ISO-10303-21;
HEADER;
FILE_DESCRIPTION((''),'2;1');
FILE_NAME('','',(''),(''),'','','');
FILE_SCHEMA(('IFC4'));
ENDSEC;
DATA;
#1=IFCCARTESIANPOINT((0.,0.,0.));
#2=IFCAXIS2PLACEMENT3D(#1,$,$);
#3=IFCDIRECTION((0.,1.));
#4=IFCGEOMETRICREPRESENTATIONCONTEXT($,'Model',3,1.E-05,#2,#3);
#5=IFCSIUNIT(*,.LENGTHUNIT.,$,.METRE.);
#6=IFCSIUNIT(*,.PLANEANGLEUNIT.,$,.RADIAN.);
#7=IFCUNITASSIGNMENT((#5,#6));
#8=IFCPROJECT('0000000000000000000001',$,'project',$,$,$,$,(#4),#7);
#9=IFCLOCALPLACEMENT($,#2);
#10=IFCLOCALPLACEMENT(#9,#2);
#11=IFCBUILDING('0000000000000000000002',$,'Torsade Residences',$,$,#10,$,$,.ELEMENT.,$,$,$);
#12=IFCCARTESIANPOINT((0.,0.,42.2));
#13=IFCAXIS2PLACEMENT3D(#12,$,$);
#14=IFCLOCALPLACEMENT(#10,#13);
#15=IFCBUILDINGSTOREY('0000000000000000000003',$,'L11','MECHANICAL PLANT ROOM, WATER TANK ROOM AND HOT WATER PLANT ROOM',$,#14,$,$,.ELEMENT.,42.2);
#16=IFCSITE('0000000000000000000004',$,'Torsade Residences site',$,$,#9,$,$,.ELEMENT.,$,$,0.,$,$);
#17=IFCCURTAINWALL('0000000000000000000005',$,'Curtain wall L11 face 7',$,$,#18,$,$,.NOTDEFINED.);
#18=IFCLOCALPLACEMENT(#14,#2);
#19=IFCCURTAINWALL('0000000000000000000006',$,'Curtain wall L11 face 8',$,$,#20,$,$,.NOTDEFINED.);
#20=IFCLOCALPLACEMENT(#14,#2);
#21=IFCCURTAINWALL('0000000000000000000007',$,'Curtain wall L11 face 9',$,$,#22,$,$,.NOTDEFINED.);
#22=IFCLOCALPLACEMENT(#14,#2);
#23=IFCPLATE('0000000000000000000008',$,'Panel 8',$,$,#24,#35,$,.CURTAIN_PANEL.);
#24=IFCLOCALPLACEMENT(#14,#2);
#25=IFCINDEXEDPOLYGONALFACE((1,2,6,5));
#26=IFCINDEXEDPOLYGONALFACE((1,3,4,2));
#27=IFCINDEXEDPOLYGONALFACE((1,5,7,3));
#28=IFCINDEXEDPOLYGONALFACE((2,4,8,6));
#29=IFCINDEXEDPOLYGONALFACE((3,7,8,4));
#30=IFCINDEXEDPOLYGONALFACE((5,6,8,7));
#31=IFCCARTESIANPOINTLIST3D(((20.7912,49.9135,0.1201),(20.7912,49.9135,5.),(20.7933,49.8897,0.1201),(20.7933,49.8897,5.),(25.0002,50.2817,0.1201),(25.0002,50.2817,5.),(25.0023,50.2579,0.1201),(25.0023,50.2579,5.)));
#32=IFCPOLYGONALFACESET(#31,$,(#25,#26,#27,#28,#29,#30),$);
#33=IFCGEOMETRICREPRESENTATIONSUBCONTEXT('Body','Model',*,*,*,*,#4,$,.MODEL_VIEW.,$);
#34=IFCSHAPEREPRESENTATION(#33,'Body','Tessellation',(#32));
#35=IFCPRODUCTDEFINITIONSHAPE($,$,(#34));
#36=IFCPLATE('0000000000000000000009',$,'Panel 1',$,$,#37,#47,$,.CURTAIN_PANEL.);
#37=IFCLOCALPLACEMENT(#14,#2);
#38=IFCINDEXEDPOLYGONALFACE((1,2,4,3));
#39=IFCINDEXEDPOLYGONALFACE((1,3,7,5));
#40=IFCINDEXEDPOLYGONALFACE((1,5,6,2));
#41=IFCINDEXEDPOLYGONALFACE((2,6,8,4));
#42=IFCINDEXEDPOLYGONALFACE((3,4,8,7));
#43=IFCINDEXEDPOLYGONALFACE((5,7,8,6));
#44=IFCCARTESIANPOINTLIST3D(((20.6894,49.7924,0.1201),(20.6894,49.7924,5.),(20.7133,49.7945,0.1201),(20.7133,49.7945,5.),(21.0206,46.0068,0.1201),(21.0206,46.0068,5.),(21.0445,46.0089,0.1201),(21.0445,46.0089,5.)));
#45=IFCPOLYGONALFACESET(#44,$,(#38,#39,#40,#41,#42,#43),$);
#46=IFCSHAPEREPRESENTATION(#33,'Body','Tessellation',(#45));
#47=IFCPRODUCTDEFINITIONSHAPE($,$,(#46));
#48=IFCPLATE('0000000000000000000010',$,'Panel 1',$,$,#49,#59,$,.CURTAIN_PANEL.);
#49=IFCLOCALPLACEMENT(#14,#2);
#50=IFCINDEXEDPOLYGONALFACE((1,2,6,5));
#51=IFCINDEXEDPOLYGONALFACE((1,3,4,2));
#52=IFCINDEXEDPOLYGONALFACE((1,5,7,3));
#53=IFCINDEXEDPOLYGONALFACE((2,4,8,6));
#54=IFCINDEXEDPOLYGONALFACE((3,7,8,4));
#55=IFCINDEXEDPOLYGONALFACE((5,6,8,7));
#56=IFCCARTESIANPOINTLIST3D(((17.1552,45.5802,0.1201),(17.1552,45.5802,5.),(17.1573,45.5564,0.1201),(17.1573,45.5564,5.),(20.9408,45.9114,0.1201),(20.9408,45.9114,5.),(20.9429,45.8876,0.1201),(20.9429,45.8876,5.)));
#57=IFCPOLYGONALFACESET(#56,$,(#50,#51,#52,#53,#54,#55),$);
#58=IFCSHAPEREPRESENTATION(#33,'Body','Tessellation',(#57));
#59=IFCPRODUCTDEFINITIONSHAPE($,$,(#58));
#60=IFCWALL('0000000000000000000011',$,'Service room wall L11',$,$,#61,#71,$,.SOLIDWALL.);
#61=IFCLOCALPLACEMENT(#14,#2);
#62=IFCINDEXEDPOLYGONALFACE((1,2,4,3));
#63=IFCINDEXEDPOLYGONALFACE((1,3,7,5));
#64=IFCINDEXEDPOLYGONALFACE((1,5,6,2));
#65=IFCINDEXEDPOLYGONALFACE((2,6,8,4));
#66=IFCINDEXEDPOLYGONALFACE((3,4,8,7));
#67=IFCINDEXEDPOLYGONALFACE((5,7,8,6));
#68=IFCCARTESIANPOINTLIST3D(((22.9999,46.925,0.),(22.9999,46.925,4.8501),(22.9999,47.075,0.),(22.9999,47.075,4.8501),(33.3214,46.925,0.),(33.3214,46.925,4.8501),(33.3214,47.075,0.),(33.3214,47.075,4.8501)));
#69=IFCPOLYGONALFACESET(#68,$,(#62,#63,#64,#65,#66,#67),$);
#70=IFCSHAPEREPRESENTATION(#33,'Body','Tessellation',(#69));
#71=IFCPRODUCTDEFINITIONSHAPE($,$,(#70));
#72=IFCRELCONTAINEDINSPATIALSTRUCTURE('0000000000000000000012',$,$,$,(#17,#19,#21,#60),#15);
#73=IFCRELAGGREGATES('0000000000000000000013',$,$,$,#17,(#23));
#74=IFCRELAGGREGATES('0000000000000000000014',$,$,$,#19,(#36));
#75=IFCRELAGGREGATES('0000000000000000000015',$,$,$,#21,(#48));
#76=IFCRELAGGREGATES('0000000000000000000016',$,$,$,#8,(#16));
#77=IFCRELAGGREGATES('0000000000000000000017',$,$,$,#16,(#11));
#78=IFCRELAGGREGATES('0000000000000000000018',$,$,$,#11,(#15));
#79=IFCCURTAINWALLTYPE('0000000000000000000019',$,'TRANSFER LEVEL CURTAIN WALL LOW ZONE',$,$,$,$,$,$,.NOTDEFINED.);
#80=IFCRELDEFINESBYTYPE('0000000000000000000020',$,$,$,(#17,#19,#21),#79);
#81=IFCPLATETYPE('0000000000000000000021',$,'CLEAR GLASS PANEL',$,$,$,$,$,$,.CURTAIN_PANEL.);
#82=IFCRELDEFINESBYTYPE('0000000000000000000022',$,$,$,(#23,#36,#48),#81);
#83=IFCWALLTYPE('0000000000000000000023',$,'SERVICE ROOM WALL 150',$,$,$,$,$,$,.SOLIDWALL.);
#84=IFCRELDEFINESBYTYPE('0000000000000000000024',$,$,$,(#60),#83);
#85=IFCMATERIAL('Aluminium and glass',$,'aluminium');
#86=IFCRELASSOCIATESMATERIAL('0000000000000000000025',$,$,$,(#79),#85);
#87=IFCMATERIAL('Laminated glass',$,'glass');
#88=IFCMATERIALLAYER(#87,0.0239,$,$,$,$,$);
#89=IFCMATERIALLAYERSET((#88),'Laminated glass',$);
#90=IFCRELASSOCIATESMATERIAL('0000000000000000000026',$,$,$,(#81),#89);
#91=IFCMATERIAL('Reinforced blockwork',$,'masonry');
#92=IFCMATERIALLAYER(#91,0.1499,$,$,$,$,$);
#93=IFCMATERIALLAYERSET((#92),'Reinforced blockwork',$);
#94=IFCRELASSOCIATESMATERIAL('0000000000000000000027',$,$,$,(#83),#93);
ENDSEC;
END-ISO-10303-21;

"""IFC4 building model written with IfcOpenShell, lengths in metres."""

from ifc_helpers import new_model, si_unit, direction, frame, frame_2d, origin, origin_2d, place, context, subcontext, project, spatial, rectangle, extrude, material, layer, layer_set, type_object, element, aggregate, save


model = new_model("IFC4")

# Units and contexts
model_context = context("Model", 3, precision=1e-05, world=origin(), true_north=direction((0.0, 1.0)))
body_context = subcontext(model_context, "Body", "Model", "MODEL_VIEW")
ifc_project = project(units=[si_unit("LENGTHUNIT", "METRE"), si_unit("PLANEANGLEUNIT", "RADIAN")], contexts=[model_context])

# Site, building, storey
site_placement = place(None, origin())
site = spatial("IfcSite", under=ifc_project, at=site_placement, Name="Torsade Residences site", CompositionType="ELEMENT", RefElevation=0.0)
building_placement = place(site_placement, origin())
building = spatial("IfcBuilding", under=site, at=building_placement, Name="Torsade Residences", CompositionType="ELEMENT")
storey_placement = place(building_placement, frame((0.0, 0.0, 42.2)))
storey = spatial("IfcBuildingStorey", under=building, at=storey_placement, Name="L11", Description="MECHANICAL PLANT ROOM, WATER TANK ROOM AND HOT WATER PLANT ROOM", CompositionType="ELEMENT", Elevation=42.2)

# Curtain walls
ifc_material_1 = material(Name="Aluminium and glass", Category="aluminium")
curtain_wall_type = type_object("IfcCurtainWallType", Name="TRANSFER LEVEL CURTAIN WALL LOW ZONE", PredefinedType="NOTDEFINED", material=ifc_material_1)
curtain_wall_1_placement = place(storey_placement, origin())
curtain_wall_1 = element("IfcCurtainWall", 1, at=curtain_wall_1_placement, inside=storey, type_object=curtain_wall_type, Name="Curtain wall L11 face 7", PredefinedType="NOTDEFINED")
curtain_wall_2_placement = place(storey_placement, origin())
curtain_wall_2 = element("IfcCurtainWall", 2, at=curtain_wall_2_placement, inside=storey, type_object=curtain_wall_type, Name="Curtain wall L11 face 8", PredefinedType="NOTDEFINED")
curtain_wall_3_placement = place(storey_placement, origin())
curtain_wall_3 = element("IfcCurtainWall", 3, at=curtain_wall_3_placement, inside=storey, type_object=curtain_wall_type, Name="Curtain wall L11 face 9", PredefinedType="NOTDEFINED")

# Plates
ifc_material_2 = material(Name="Laminated glass", Category="glass")
ifc_layer_1 = layer(ifc_material_2, 0.0239)
ifc_layer_set_1 = layer_set([ifc_layer_1], Name="Laminated glass")
plate_type = type_object("IfcPlateType", Name="CLEAR GLASS PANEL", PredefinedType="CURTAIN_PANEL", material=ifc_layer_set_1)
plate_1_placement = place(storey_placement, frame((22.8967, 50.0857, 0.1201), z_axis=(0.0, 0.0, 1.0), x_axis=(-0.996195, -0.087156, 0.0)))
plate_1 = element("IfcPlate", 4, at=plate_1_placement, type_object=plate_type, Name="Panel 8", PredefinedType="CURTAIN_PANEL", context=body_context, shape_type="SweptSolid", body=[
    extrude(rectangle(XDim=4.2251, YDim=0.0239, at=origin_2d()), origin(), (0.0, 0.0, 1.0), 4.8799),
])
aggregate(curtain_wall_1, [plate_1])
plate_2_placement = place(storey_placement, frame((20.8669, 47.9006, 0.1201), z_axis=(0.0, 0.0, 1.0), x_axis=(0.087156, -0.996195, 0.0)))
plate_2 = element("IfcPlate", 5, at=plate_2_placement, type_object=plate_type, Name="Panel 1", PredefinedType="CURTAIN_PANEL", context=body_context, shape_type="SweptSolid", body=[
    extrude(rectangle(XDim=3.8, YDim=0.0239, at=origin_2d()), origin(), (0.0, 0.0, 1.0), 4.8799),
])
aggregate(curtain_wall_2, [plate_2])
plate_3_placement = place(storey_placement, frame((19.0491, 45.7339, 0.1201), z_axis=(0.0, 0.0, 1.0), x_axis=(-0.996195, -0.087156, 0.0)))
plate_3 = element("IfcPlate", 6, at=plate_3_placement, type_object=plate_type, Name="Panel 1", PredefinedType="CURTAIN_PANEL", context=body_context, shape_type="SweptSolid", body=[
    extrude(rectangle(XDim=3.8, YDim=0.0239, at=origin_2d()), origin(), (0.0, 0.0, 1.0), 4.8799),
])
aggregate(curtain_wall_3, [plate_3])

# Wall
ifc_material_3 = material(Name="Reinforced blockwork", Category="masonry")
ifc_layer_2 = layer(ifc_material_3, 0.1499)
ifc_layer_set_2 = layer_set([ifc_layer_2], Name="Reinforced blockwork")
wall_type = type_object("IfcWallType", Name="SERVICE ROOM WALL 150", PredefinedType="SOLIDWALL", material=ifc_layer_set_2)
wall_placement = place(storey_placement, frame((23.0, 47.0, 0.0), z_axis=(0.0, 0.0, 1.0), x_axis=(1.0, 0.0, 0.0)))
element("IfcWall", 7, at=wall_placement, inside=storey, type_object=wall_type, Name="Service room wall L11", PredefinedType="SOLIDWALL", context=body_context, shape_type="SweptSolid", body=[
    extrude(rectangle(XDim=10.3215, YDim=0.1499, at=frame_2d((5.1606, 0.0))), origin(), (0.0, 0.0, 1.0), 4.8501),
])

save(model, "model.ifc")
